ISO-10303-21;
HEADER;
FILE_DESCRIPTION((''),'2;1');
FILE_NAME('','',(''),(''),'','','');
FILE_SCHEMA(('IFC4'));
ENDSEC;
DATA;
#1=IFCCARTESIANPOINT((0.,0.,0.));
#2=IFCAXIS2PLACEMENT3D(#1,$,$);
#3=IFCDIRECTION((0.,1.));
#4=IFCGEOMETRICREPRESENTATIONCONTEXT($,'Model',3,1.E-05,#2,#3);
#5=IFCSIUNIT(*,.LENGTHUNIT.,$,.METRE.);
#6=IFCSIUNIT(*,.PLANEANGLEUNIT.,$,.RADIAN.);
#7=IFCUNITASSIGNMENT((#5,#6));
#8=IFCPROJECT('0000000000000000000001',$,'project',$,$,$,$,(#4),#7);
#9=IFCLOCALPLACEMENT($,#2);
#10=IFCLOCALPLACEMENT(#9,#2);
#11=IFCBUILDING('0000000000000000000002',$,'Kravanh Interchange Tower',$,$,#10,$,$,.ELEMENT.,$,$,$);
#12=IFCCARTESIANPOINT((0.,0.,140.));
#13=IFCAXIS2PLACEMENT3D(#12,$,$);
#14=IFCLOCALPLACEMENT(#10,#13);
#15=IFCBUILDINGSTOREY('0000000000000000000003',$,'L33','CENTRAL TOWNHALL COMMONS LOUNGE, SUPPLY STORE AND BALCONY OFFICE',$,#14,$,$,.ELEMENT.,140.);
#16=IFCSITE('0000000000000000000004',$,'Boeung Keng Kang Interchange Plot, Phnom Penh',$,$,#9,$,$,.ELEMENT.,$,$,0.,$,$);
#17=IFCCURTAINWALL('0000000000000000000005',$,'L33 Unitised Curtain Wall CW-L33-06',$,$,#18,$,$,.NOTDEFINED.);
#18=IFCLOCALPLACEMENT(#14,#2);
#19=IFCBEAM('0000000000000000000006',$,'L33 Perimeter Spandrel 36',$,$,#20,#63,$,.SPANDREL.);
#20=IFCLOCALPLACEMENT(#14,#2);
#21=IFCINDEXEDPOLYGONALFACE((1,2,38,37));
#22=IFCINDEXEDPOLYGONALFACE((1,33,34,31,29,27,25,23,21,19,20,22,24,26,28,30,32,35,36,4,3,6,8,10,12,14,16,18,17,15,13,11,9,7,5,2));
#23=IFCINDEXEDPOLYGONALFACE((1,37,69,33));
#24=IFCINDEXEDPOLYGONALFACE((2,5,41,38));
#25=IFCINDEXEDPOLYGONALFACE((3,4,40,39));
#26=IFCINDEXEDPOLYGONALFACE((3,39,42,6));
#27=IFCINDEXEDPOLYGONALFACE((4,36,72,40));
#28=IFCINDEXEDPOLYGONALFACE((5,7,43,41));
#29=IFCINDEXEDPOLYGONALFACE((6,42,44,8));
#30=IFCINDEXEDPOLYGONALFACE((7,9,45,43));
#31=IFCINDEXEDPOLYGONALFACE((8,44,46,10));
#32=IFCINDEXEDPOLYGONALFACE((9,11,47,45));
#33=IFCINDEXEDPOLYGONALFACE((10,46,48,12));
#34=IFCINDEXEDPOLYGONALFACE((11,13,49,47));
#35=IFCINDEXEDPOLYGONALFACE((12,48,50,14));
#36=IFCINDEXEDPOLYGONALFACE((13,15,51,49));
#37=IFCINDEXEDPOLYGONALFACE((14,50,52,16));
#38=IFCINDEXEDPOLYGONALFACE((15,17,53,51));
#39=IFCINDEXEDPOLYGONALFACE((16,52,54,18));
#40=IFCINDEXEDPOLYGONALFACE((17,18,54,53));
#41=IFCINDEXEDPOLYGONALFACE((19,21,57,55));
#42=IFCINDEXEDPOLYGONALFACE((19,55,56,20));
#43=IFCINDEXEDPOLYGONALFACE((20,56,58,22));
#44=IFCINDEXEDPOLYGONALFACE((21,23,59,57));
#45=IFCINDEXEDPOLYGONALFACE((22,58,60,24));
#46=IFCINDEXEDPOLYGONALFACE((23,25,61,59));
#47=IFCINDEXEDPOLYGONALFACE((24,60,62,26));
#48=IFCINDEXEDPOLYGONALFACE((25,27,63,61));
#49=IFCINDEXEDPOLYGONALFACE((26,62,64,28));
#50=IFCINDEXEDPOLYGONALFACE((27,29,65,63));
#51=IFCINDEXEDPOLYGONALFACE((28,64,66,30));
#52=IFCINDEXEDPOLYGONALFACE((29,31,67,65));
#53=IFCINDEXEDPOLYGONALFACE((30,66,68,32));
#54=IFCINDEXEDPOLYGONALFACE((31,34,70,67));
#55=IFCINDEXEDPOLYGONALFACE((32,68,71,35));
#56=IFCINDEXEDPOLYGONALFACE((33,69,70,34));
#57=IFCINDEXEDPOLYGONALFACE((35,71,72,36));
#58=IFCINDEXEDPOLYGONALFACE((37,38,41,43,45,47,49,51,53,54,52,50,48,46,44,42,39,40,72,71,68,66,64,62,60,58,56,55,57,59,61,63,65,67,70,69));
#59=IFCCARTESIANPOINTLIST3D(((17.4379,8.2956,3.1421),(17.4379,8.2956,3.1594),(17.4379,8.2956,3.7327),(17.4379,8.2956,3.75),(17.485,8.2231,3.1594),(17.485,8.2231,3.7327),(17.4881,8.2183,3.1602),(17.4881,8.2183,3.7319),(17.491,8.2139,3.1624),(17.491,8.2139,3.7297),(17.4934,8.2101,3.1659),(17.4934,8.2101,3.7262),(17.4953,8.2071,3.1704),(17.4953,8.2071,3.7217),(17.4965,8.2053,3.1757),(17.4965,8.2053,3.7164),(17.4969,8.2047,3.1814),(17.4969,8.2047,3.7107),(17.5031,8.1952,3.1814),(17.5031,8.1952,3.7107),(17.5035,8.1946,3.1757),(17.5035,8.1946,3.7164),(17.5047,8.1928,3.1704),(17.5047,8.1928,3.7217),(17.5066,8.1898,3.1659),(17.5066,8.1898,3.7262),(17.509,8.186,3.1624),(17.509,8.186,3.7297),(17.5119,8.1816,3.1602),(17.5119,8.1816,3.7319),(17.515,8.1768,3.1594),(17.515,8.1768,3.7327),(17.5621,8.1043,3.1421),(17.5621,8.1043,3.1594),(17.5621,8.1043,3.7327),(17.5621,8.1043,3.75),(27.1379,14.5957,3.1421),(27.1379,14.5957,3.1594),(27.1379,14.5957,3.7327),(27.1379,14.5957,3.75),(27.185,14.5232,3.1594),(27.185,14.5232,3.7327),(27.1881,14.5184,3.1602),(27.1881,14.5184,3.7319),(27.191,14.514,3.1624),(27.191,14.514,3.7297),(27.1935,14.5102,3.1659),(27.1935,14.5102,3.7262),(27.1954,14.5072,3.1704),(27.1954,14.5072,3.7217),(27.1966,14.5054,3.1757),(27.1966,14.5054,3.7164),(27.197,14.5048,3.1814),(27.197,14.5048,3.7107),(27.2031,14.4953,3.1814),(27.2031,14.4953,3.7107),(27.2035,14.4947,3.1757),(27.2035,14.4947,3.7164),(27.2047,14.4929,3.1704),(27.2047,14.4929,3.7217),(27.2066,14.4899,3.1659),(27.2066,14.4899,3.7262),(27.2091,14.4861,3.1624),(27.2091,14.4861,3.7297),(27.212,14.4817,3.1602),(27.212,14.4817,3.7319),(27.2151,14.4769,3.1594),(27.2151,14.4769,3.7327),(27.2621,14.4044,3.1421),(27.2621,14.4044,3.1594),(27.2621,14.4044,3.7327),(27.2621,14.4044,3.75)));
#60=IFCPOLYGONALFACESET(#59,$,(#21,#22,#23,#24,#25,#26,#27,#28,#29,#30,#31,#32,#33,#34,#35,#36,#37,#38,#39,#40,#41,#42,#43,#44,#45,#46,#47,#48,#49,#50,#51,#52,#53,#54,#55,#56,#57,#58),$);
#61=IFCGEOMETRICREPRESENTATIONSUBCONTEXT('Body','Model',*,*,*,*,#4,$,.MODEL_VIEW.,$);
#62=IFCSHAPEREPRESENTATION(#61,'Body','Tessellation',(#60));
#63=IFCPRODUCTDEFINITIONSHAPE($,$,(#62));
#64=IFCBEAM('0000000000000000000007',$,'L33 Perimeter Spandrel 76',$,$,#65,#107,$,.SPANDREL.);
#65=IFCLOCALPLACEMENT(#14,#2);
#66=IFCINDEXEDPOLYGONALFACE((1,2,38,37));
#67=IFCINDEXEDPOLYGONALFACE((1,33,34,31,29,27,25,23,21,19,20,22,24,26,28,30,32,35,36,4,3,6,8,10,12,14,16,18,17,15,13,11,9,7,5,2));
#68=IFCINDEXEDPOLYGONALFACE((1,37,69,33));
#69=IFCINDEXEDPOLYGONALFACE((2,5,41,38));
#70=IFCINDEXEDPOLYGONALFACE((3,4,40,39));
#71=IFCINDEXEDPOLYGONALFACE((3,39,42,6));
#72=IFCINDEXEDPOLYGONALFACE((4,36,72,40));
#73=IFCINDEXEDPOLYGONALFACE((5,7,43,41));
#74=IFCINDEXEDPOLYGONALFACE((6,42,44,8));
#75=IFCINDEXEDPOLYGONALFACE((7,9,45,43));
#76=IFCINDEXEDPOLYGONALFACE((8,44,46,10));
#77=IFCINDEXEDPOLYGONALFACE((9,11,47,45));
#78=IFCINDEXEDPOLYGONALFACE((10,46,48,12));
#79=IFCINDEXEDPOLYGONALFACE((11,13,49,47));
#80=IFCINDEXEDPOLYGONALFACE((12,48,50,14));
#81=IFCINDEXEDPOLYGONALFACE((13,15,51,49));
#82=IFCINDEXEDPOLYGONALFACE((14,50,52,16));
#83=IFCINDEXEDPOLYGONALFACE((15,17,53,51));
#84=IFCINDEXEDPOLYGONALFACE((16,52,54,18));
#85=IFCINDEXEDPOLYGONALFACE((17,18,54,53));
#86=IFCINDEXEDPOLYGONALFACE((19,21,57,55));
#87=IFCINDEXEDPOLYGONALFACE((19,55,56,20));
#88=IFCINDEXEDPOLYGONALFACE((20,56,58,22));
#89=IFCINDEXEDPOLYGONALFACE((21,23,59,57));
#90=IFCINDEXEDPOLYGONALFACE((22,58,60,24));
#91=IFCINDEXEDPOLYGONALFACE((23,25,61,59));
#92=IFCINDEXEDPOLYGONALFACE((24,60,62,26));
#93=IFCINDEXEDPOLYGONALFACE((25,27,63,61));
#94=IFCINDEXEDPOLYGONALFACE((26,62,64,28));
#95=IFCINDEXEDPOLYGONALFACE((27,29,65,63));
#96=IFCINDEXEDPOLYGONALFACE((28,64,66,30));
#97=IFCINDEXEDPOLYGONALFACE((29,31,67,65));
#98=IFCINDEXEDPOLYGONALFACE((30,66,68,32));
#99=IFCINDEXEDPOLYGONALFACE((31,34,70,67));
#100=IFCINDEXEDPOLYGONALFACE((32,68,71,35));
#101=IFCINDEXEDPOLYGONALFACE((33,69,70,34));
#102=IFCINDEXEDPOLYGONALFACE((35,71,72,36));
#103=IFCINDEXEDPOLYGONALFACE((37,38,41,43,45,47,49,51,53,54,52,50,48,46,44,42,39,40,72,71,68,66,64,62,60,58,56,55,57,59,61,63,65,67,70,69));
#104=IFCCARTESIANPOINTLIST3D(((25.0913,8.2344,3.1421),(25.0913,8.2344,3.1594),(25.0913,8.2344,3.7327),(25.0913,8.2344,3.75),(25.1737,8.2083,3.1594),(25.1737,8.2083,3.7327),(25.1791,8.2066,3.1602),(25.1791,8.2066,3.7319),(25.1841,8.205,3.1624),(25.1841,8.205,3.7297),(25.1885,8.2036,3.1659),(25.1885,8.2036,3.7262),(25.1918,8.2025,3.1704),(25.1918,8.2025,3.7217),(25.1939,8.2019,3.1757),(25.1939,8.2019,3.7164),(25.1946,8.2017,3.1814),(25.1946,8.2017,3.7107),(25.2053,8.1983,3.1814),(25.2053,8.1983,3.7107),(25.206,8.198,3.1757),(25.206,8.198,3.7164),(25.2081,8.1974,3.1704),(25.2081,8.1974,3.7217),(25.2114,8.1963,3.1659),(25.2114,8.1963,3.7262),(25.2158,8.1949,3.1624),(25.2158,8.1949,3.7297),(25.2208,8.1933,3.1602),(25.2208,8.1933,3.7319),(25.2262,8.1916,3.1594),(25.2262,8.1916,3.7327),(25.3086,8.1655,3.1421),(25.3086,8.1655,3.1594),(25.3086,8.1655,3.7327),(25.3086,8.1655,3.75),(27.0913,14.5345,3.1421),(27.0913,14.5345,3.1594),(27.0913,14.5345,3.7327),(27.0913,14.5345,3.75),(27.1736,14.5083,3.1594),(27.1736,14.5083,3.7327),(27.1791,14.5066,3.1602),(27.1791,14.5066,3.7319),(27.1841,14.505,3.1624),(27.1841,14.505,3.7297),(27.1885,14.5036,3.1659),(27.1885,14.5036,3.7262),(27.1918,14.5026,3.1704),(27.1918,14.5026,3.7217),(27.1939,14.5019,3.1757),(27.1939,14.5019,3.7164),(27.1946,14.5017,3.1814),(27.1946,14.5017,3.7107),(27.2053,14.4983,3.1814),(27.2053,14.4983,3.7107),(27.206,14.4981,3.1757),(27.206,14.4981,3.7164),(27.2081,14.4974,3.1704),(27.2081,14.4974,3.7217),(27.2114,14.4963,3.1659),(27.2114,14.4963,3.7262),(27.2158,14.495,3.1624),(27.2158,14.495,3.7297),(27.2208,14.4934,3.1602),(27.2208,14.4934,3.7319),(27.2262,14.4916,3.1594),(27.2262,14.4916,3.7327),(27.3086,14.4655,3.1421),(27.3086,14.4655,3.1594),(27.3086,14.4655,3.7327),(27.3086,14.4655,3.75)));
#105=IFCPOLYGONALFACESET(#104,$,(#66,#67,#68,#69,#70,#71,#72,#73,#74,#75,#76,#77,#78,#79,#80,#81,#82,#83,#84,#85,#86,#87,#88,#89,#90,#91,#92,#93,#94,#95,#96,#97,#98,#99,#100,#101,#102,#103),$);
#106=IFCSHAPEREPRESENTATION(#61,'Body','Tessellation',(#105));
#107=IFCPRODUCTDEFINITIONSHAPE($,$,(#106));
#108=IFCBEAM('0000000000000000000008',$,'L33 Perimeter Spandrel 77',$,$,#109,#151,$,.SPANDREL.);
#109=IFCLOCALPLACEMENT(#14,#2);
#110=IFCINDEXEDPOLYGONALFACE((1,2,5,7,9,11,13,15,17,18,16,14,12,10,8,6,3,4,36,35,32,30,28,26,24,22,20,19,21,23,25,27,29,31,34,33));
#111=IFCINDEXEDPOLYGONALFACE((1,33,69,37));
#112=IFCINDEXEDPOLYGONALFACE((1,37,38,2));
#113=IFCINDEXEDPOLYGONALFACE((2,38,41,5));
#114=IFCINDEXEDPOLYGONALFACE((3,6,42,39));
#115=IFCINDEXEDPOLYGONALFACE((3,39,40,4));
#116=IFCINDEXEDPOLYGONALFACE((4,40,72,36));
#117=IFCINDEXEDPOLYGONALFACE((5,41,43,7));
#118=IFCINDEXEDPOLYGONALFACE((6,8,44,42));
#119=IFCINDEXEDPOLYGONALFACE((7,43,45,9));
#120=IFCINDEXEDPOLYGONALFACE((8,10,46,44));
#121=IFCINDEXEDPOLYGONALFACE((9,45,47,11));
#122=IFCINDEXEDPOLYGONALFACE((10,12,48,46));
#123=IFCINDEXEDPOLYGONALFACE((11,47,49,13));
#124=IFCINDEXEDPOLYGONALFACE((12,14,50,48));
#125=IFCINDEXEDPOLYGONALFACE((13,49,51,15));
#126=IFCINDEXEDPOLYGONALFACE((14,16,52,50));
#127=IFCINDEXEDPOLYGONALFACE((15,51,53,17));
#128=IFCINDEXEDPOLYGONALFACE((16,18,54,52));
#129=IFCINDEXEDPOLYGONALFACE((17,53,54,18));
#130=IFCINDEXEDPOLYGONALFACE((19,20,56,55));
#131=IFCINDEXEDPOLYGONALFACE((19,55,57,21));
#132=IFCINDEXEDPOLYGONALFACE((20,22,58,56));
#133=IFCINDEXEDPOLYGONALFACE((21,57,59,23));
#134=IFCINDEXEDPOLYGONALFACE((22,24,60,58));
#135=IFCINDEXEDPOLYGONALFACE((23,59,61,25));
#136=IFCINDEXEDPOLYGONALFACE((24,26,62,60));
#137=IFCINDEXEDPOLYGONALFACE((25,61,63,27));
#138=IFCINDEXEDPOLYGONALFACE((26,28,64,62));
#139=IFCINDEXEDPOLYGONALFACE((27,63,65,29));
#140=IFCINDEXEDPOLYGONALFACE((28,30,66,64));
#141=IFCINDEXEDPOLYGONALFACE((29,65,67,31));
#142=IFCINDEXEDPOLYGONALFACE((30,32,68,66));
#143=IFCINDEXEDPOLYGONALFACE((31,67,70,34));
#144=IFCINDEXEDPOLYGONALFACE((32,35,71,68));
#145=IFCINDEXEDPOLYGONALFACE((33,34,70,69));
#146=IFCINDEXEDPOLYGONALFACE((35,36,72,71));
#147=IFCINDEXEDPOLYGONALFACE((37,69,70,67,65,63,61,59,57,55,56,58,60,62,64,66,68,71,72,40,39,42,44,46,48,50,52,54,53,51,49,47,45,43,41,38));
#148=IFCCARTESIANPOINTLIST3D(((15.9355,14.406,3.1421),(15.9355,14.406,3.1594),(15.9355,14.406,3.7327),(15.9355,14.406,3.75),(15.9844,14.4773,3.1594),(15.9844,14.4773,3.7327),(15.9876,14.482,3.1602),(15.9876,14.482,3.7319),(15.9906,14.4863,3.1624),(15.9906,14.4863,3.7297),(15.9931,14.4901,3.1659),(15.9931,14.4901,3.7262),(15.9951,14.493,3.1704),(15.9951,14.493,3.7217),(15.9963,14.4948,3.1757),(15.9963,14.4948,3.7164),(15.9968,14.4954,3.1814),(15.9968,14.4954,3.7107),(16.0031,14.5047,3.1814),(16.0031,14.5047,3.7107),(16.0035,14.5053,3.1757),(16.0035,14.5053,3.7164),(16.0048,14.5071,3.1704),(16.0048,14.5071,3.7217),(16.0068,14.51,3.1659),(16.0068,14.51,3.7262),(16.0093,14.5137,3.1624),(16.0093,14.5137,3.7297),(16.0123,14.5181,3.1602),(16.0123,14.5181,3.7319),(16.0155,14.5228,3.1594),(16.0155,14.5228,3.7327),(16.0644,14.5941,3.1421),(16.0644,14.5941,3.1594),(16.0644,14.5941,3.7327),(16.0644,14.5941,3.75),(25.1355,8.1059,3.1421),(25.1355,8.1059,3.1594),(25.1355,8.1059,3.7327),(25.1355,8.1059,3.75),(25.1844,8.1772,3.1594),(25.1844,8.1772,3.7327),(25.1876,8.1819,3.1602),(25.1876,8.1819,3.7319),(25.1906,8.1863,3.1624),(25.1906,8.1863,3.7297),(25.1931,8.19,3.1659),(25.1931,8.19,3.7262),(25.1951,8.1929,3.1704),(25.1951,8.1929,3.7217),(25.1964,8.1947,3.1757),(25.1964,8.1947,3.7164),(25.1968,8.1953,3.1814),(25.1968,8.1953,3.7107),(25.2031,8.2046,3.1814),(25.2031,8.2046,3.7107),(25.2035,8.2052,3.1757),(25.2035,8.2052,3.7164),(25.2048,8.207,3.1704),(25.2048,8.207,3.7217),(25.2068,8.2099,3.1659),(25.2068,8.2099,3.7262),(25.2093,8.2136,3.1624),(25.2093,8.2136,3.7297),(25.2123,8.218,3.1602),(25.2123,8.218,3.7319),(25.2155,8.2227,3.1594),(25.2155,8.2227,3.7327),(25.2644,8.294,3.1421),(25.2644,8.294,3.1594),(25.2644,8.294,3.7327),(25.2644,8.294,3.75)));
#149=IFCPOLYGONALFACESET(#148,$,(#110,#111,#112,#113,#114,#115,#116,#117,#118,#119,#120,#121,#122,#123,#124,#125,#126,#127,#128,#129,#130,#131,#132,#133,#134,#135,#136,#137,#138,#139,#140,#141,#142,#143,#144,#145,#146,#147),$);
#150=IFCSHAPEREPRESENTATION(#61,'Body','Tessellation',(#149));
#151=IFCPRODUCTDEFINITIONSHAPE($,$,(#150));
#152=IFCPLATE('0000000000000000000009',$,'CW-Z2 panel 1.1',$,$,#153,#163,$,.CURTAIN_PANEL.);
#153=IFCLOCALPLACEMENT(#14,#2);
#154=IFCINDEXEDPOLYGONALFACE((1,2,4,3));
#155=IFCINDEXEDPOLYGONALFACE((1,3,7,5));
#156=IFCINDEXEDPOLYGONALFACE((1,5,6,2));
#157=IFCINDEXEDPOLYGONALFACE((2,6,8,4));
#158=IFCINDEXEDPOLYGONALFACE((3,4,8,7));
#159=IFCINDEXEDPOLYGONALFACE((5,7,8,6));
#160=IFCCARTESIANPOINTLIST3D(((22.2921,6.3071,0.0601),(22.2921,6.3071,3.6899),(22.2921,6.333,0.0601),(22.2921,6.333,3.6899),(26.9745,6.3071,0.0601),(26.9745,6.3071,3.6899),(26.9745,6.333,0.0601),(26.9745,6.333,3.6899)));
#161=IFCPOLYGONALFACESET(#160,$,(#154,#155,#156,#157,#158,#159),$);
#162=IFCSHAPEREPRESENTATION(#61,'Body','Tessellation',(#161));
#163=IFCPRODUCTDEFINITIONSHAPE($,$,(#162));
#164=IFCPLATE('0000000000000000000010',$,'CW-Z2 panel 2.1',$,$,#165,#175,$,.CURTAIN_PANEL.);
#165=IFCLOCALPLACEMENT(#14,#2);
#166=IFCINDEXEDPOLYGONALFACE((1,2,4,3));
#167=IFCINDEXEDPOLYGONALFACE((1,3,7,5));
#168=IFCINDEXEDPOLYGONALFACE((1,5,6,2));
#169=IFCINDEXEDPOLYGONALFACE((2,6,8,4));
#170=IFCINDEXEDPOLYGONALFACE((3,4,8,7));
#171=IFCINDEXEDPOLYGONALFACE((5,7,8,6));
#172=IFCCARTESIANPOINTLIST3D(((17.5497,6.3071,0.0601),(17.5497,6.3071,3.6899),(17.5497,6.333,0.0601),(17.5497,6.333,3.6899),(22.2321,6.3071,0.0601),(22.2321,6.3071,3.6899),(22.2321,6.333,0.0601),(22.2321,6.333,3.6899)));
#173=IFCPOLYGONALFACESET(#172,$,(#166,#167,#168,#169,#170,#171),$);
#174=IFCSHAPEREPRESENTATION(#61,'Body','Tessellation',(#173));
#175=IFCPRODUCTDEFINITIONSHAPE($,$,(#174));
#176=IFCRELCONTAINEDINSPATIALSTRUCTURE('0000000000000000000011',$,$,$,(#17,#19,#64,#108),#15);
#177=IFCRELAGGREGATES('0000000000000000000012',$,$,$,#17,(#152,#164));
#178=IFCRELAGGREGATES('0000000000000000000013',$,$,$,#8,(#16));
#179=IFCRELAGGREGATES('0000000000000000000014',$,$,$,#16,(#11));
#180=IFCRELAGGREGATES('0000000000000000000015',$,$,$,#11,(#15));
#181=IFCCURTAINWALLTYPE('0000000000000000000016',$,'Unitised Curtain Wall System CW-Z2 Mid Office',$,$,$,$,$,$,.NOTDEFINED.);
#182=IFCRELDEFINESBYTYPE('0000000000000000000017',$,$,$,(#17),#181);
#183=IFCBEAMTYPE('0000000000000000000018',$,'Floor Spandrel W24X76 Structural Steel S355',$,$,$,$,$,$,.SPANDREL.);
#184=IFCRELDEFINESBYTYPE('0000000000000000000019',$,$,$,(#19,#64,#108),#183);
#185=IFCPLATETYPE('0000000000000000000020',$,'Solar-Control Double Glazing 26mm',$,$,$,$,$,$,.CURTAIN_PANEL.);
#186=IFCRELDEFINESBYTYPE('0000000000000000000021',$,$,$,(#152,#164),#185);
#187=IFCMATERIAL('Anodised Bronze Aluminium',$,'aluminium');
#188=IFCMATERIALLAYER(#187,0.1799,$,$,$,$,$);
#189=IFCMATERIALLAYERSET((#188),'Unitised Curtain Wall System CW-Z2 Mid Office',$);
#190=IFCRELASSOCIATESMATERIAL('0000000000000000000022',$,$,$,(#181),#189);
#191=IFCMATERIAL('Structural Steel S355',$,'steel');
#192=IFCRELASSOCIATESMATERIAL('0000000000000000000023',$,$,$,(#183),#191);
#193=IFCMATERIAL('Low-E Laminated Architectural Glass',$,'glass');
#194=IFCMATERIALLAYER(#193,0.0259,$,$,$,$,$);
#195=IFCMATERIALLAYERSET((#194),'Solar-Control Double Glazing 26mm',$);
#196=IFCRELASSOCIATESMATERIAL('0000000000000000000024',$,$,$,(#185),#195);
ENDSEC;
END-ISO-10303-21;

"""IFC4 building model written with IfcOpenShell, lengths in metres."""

from ifc_helpers import new_model, si_unit, direction, frame, origin, origin_2d, place, context, subcontext, project, spatial, rectangle, i_section, extrude, material, layer, layer_set, material_profile, profile_set, type_object, element, aggregate, save


model = new_model("IFC4")

# Units and contexts
model_context = context("Model", 3, precision=1e-05, world=origin(), true_north=direction((0.0, 1.0)))
body_context = subcontext(model_context, "Body", "Model", "MODEL_VIEW")
ifc_project = project(units=[si_unit("LENGTHUNIT", "METRE"), si_unit("PLANEANGLEUNIT", "RADIAN")], contexts=[model_context])

# Site, building, storey
site_placement = place(None, origin())
site = spatial("IfcSite", under=ifc_project, at=site_placement, Name="Boeung Keng Kang Interchange Plot, Phnom Penh", CompositionType="ELEMENT", RefElevation=0.0)
building_placement = place(site_placement, origin())
building = spatial("IfcBuilding", under=site, at=building_placement, Name="Kravanh Interchange Tower", CompositionType="ELEMENT")
storey_placement = place(building_placement, frame((0.0, 0.0, 140.0)))
storey = spatial("IfcBuildingStorey", under=building, at=storey_placement, Name="L33", Description="CENTRAL TOWNHALL COMMONS LOUNGE, SUPPLY STORE AND BALCONY OFFICE", CompositionType="ELEMENT", Elevation=140.0)

# Curtain wall
ifc_material_1 = material(Name="Anodised Bronze Aluminium", Category="aluminium")
ifc_layer_1 = layer(ifc_material_1, 0.1799)
ifc_layer_set_1 = layer_set([ifc_layer_1], Name="Unitised Curtain Wall System CW-Z2 Mid Office")
curtain_wall_type = type_object("IfcCurtainWallType", Name="Unitised Curtain Wall System CW-Z2 Mid Office", PredefinedType="NOTDEFINED", material=ifc_layer_set_1)
curtain_wall_placement = place(storey_placement, origin())
curtain_wall = element("IfcCurtainWall", 1, at=curtain_wall_placement, inside=storey, type_object=curtain_wall_type, Name="L33 Unitised Curtain Wall CW-L33-06", PredefinedType="NOTDEFINED")

# Beams
ifc_material_2 = material(Name="Structural Steel S355", Category="steel")
ifc_material_profile_1 = material_profile(ifc_material_2, i_section(OverallWidth=0.228, OverallDepth=0.6079, WebThickness=0.0112, FlangeThickness=0.0173, FilletRadius=0.022, at=origin_2d()), Name="W24X76")
ifc_profile_set_1 = profile_set([ifc_material_profile_1], Name="Structural Steel S355")
beam_type_1 = type_object("IfcBeamType", Name="Floor Spandrel W24X76 Structural Steel S355", PredefinedType="SPANDREL", material=ifc_profile_set_1)
beam_1_placement = place(storey_placement, frame((17.5, 8.2, 3.446), z_axis=(0.838638, 0.544689, 0.0), x_axis=(-0.544689, 0.838638, 0.0)))
element("IfcBeam", 2, at=beam_1_placement, inside=storey, type_object=beam_type_1, Name="L33 Perimeter Spandrel 36", PredefinedType="SPANDREL", context=body_context, shape_type="SweptSolid", body=[
    extrude(i_section(OverallWidth=0.228, OverallDepth=0.6079, WebThickness=0.0112, FlangeThickness=0.0173, FilletRadius=0.022, at=origin_2d()), origin(), (0.0, 0.0, 1.0), 11.5664),
])
beam_2_placement = place(storey_placement, frame((25.2, 8.2, 3.446), z_axis=(0.302577, 0.953125, 0.0), x_axis=(-0.953125, 0.302577, 0.0)))
element("IfcBeam", 3, at=beam_2_placement, inside=storey, type_object=beam_type_1, Name="L33 Perimeter Spandrel 76", PredefinedType="SPANDREL", context=body_context, shape_type="SweptSolid", body=[
    extrude(i_section(OverallWidth=0.228, OverallDepth=0.6079, WebThickness=0.0112, FlangeThickness=0.0173, FilletRadius=0.022, at=origin_2d()), origin(), (0.0, 0.0, 1.0), 6.6099),
])
beam_3_placement = place(storey_placement, frame((25.2, 8.2, 3.446), z_axis=(-0.825084, 0.56501, 0.0), x_axis=(-0.56501, -0.825084, 0.0)))
element("IfcBeam", 4, at=beam_3_placement, inside=storey, type_object=beam_type_1, Name="L33 Perimeter Spandrel 77", PredefinedType="SPANDREL", context=body_context, shape_type="SweptSolid", body=[
    extrude(i_section(OverallWidth=0.228, OverallDepth=0.6079, WebThickness=0.0112, FlangeThickness=0.0173, FilletRadius=0.022, at=origin_2d()), origin(), (0.0, 0.0, 1.0), 11.1504),
])

# Plates
ifc_material_3 = material(Name="Low-E Laminated Architectural Glass", Category="glass")
ifc_layer_2 = layer(ifc_material_3, 0.0259)
ifc_layer_set_2 = layer_set([ifc_layer_2], Name="Solar-Control Double Glazing 26mm")
plate_type = type_object("IfcPlateType", Name="Solar-Control Double Glazing 26mm", PredefinedType="CURTAIN_PANEL", material=ifc_layer_set_2)
plate_1_placement = place(storey_placement, frame((24.6333, 6.3201, 0.0601), z_axis=(0.0, 0.0, 1.0), x_axis=(-1.0, 0.0, 0.0)))
plate_1 = element("IfcPlate", 5, at=plate_1_placement, type_object=plate_type, Name="CW-Z2 panel 1.1", PredefinedType="CURTAIN_PANEL", context=body_context, shape_type="SweptSolid", body=[
    extrude(rectangle(XDim=4.6824, YDim=0.0259, at=origin_2d()), origin(), (0.0, 0.0, 1.0), 3.6299),
])
plate_2_placement = place(storey_placement, frame((19.8909, 6.3201, 0.0601), z_axis=(0.0, 0.0, 1.0), x_axis=(-1.0, 0.0, 0.0)))
plate_2 = element("IfcPlate", 6, at=plate_2_placement, type_object=plate_type, Name="CW-Z2 panel 2.1", PredefinedType="CURTAIN_PANEL", context=body_context, shape_type="SweptSolid", body=[
    extrude(rectangle(XDim=4.6824, YDim=0.0259, at=origin_2d()), origin(), (0.0, 0.0, 1.0), 3.6299),
])
aggregate(curtain_wall, [plate_1, plate_2])

save(model, "model.ifc")
